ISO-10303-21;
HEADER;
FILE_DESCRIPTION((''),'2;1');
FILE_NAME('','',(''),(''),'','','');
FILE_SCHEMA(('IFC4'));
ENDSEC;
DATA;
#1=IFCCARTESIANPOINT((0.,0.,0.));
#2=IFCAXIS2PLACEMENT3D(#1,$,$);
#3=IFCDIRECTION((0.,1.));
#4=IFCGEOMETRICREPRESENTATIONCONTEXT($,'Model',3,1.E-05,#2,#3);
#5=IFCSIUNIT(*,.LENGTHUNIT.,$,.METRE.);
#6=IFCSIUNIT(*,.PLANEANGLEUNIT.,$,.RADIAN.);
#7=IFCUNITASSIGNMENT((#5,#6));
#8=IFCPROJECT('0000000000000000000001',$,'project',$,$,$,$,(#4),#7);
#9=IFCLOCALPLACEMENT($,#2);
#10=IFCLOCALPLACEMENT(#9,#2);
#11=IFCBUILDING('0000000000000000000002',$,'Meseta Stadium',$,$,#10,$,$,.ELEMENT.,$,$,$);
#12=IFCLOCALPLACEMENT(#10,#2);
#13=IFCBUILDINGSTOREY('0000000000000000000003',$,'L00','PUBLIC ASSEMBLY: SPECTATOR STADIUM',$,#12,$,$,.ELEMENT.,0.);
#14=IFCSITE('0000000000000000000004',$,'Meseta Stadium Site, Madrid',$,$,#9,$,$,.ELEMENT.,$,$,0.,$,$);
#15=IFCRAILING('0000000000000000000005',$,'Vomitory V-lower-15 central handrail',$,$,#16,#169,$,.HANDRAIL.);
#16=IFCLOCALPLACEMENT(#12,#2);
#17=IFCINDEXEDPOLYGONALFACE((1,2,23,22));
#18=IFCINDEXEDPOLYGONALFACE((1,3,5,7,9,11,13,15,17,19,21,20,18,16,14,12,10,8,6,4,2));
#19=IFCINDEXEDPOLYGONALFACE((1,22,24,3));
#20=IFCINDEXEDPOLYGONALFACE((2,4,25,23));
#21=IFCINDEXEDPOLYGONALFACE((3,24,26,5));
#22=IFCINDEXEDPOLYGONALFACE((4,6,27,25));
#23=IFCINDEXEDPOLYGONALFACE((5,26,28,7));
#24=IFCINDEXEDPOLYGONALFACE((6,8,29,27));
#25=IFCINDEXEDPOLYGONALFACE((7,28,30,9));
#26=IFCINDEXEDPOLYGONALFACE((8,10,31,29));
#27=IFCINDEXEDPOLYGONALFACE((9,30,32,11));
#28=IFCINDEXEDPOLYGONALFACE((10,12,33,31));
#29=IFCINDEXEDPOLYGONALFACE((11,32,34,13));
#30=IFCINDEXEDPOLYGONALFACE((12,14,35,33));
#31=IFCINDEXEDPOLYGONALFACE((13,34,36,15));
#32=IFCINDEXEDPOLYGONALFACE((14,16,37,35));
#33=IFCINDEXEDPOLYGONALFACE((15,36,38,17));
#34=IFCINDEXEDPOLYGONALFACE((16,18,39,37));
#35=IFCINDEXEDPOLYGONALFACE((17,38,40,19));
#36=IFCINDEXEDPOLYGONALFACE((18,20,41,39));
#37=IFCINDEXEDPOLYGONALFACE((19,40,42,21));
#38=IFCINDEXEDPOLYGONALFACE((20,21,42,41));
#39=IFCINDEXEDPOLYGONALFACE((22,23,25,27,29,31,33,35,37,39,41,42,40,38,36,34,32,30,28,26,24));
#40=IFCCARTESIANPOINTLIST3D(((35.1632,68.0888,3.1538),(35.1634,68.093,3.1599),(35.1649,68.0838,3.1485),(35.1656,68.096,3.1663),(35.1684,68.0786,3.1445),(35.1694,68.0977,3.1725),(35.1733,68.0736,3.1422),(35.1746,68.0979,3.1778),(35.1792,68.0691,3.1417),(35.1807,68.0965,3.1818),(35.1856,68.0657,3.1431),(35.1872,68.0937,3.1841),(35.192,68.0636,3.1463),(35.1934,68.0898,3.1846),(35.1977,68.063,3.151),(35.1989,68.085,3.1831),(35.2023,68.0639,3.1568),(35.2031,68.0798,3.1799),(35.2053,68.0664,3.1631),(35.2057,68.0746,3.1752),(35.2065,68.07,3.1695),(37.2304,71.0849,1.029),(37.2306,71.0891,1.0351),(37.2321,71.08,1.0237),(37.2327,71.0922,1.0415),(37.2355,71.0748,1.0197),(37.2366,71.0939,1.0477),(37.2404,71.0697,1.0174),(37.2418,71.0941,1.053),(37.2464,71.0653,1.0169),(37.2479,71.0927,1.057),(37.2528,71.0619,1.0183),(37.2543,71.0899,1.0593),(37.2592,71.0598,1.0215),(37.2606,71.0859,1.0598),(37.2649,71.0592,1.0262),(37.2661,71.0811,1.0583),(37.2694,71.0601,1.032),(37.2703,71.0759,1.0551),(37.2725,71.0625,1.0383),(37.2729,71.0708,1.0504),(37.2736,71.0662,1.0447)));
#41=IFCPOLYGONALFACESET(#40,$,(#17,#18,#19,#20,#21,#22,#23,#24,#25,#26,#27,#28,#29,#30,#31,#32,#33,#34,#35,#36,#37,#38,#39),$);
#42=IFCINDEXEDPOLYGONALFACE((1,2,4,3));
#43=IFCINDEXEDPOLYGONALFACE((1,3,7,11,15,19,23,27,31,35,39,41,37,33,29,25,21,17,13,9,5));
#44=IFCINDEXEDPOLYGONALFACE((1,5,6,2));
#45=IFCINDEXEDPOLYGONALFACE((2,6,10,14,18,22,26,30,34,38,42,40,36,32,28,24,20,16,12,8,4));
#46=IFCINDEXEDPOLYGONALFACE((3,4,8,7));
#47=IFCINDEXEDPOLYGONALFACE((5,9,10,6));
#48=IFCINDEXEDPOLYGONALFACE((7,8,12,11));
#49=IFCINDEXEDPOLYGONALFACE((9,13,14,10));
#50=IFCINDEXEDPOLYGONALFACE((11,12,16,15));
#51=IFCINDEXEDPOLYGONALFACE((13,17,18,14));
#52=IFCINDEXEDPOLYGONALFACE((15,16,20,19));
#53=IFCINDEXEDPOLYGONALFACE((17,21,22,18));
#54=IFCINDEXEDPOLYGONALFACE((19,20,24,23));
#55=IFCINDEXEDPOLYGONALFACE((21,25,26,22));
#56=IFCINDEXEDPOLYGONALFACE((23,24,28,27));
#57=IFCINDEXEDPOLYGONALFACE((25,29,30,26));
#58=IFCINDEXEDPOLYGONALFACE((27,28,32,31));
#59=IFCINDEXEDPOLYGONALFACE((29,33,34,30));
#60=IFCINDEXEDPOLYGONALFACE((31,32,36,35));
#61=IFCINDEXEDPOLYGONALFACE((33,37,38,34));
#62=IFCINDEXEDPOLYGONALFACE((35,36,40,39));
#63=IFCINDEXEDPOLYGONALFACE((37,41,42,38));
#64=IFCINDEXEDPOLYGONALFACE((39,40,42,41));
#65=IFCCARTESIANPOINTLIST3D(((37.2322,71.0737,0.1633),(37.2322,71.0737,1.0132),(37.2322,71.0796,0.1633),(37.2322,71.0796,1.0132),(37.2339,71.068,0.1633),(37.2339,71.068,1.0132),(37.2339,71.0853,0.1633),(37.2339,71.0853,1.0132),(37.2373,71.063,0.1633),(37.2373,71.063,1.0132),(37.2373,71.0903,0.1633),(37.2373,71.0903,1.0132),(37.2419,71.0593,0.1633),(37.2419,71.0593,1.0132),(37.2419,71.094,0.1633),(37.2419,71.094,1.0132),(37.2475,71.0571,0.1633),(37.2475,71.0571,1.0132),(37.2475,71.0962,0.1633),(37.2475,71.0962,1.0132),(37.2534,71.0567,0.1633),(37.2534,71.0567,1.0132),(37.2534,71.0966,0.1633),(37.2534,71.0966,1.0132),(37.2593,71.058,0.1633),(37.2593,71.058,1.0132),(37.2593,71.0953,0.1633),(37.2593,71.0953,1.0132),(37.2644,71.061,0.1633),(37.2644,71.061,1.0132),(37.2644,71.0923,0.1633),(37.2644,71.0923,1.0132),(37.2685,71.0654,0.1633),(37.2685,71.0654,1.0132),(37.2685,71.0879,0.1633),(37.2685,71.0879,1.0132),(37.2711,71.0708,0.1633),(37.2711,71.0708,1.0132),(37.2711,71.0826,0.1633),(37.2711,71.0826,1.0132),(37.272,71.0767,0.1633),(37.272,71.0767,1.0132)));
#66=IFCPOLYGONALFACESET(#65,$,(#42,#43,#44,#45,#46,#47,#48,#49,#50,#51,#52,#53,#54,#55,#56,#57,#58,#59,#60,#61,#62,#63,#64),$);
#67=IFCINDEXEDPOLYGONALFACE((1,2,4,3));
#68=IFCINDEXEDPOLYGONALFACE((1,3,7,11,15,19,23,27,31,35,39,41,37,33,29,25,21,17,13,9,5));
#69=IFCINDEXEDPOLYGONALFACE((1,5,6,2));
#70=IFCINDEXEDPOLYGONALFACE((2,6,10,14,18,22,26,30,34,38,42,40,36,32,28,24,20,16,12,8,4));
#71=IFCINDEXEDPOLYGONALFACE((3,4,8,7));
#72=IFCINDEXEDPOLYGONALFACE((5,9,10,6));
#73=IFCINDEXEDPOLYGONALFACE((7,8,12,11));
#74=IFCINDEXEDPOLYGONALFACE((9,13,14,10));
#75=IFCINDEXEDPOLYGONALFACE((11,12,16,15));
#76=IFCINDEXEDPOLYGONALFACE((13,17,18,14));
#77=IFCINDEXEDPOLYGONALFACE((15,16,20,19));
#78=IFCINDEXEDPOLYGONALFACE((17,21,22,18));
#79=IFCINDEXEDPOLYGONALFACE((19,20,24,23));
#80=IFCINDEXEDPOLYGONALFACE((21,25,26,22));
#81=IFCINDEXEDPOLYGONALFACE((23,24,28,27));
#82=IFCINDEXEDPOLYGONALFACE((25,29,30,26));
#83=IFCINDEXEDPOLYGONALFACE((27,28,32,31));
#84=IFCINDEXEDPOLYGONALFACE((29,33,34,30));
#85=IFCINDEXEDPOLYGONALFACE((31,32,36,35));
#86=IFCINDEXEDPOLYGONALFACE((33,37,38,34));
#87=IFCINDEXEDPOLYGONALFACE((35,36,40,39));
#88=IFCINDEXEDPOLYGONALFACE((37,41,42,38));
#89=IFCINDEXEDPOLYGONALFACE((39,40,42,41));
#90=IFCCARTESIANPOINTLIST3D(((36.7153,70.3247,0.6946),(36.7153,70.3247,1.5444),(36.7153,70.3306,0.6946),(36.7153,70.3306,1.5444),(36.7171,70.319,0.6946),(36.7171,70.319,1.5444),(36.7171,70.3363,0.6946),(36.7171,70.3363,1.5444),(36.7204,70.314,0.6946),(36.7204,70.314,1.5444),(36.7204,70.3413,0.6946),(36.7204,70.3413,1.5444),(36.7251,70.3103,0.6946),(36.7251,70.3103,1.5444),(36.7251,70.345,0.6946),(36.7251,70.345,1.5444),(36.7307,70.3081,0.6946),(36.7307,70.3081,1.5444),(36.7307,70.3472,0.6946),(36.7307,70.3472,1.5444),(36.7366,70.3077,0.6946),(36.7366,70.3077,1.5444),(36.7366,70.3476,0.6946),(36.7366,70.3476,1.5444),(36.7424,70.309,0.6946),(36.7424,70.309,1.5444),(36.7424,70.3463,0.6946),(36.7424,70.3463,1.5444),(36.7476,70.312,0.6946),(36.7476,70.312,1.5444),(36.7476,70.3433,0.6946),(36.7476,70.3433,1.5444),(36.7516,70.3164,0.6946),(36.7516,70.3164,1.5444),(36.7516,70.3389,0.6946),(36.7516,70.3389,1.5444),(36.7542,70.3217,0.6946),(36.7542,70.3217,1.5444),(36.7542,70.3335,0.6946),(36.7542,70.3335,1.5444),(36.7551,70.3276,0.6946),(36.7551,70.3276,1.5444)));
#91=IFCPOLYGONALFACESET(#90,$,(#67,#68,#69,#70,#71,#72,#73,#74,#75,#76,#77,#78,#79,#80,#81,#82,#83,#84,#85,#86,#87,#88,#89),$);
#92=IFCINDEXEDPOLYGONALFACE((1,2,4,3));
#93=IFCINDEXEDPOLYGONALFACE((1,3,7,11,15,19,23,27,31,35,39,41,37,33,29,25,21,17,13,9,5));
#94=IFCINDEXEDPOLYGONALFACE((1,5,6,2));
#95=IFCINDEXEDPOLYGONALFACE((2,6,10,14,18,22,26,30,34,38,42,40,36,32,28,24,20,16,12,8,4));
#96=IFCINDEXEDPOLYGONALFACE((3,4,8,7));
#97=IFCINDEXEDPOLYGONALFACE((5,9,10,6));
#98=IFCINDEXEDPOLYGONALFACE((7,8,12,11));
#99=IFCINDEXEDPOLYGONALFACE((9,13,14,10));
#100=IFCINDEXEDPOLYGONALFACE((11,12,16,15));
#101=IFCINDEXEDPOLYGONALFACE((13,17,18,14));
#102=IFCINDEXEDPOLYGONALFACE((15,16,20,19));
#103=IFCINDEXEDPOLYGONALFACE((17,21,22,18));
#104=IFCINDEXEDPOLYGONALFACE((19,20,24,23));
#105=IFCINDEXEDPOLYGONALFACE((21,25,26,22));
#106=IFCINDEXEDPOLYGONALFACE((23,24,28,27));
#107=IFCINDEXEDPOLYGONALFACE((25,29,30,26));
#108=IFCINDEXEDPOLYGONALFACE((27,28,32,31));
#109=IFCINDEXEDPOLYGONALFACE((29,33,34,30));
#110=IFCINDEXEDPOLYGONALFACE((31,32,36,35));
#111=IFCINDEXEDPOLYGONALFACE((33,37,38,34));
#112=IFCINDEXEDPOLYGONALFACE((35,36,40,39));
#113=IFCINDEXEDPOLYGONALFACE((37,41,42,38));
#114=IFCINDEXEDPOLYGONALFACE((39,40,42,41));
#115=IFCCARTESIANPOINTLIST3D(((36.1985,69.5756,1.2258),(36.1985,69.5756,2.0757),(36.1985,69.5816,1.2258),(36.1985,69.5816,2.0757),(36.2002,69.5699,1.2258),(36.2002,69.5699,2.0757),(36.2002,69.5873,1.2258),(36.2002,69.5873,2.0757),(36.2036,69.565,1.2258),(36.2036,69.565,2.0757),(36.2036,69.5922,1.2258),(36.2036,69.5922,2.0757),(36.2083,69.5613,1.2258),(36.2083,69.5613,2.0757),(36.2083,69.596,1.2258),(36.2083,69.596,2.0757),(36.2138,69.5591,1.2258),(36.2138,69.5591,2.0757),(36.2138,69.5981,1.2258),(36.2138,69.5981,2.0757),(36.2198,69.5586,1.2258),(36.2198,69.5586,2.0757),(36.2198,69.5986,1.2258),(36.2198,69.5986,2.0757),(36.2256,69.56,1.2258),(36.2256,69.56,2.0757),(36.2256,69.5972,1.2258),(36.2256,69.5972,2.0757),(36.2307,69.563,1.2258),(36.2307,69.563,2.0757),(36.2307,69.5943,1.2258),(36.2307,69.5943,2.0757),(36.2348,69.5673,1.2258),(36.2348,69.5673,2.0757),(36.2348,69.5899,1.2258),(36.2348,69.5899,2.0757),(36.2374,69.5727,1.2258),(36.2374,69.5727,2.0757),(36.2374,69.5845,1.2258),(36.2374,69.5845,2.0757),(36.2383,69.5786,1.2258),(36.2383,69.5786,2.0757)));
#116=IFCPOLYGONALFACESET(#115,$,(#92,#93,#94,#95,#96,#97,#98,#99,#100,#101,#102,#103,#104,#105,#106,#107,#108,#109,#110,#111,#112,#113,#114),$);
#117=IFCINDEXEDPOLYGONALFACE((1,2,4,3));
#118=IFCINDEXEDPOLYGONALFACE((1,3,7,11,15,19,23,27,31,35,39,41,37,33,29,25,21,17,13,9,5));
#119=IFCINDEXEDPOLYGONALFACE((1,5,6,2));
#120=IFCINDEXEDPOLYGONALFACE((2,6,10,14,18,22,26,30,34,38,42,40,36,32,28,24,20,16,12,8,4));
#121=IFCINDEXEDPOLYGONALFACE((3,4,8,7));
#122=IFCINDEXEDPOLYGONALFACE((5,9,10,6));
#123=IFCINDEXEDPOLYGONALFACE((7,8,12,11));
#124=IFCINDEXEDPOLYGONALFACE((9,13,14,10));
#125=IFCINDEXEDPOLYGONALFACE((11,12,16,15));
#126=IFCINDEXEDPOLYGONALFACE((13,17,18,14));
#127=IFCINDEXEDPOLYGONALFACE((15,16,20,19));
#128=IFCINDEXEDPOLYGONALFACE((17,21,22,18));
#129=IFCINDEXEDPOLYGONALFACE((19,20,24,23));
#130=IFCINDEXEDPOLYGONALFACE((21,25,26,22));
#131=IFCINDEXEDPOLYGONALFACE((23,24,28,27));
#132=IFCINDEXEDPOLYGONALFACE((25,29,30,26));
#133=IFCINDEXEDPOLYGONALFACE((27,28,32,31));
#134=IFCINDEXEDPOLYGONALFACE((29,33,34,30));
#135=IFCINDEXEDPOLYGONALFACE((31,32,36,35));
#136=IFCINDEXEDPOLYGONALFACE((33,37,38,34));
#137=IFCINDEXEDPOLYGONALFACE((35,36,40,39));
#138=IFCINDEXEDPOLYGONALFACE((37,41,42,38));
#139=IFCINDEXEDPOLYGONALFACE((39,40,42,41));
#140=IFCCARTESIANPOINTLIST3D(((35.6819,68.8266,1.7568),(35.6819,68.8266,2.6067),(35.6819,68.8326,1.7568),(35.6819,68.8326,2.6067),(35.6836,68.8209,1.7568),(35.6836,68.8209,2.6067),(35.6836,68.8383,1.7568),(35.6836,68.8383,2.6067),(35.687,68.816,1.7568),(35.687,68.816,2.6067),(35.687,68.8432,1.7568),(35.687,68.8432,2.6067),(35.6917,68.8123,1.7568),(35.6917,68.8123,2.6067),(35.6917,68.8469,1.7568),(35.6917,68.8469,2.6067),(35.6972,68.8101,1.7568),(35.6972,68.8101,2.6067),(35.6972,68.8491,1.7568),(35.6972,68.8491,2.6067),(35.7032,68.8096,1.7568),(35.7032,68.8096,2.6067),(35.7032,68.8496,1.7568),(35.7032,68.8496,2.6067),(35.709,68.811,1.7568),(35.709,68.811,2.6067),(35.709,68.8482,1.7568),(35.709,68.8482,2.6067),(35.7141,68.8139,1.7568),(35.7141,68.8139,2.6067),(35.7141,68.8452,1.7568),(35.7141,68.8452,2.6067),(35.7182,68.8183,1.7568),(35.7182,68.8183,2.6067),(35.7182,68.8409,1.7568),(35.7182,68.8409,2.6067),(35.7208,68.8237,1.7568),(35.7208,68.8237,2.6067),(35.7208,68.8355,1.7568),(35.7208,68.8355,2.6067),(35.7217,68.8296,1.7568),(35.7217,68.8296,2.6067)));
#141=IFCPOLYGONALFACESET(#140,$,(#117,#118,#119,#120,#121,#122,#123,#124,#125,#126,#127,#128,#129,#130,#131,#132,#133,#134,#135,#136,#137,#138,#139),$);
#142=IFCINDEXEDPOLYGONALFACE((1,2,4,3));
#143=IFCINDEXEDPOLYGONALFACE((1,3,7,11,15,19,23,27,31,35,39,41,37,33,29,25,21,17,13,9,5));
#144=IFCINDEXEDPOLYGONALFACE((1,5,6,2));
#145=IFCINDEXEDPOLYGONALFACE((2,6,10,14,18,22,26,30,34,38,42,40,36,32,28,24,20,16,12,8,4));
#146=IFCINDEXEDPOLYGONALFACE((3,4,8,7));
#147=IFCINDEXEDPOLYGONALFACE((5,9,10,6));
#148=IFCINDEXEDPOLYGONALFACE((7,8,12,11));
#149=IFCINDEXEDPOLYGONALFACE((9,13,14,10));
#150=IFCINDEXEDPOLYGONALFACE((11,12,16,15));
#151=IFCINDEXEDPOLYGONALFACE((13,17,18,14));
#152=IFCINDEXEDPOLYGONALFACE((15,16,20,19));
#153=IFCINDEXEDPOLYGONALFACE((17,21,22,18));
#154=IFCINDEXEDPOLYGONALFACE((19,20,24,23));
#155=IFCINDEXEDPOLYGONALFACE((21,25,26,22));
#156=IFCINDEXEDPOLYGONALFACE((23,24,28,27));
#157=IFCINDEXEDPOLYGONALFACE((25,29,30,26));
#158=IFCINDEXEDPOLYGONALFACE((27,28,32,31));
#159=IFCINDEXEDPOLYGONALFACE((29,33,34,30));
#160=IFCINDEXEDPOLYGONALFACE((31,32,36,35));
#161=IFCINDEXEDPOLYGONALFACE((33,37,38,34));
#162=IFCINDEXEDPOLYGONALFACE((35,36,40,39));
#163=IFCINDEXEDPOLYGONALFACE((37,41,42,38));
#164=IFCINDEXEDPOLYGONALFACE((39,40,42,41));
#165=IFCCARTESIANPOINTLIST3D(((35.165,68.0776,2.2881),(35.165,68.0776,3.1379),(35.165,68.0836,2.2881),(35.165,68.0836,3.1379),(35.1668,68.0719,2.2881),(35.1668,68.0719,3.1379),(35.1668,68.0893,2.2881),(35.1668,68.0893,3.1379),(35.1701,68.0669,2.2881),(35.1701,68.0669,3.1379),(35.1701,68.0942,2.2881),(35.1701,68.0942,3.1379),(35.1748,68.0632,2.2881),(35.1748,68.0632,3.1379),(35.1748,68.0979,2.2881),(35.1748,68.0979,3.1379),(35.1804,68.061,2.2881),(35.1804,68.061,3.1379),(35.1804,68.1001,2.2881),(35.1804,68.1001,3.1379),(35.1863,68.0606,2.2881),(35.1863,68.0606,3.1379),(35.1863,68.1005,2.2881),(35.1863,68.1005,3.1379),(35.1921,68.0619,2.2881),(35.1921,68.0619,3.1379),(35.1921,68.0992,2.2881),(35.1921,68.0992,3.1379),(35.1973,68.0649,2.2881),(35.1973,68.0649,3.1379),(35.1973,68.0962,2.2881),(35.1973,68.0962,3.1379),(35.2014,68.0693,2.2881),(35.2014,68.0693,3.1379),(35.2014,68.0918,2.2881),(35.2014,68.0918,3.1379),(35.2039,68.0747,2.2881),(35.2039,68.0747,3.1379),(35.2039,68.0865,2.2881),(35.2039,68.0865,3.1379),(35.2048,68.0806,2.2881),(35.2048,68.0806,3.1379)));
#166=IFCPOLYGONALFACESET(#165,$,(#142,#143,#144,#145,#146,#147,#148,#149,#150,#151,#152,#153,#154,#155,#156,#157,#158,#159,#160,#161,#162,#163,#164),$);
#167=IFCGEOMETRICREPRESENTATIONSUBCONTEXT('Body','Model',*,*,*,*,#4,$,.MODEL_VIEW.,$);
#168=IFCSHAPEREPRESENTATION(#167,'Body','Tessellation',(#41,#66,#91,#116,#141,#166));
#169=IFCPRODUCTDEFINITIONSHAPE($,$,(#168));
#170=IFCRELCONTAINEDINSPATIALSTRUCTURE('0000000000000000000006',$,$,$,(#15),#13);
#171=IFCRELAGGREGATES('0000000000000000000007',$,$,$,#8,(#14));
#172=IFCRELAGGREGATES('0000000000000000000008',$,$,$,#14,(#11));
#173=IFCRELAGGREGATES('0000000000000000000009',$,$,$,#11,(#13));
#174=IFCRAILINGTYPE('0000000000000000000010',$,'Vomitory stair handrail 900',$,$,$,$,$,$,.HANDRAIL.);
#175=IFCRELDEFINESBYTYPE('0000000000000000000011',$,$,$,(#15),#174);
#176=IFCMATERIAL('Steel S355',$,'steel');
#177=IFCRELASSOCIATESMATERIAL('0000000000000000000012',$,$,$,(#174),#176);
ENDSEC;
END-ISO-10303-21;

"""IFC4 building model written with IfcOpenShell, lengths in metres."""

from ifc_helpers import new_model, si_unit, direction, frame, origin, origin_2d, place, context, subcontext, project, spatial, circle, extrude, material, type_object, element, save


model = new_model("IFC4")

# Units and contexts
model_context = context("Model", 3, precision=1e-05, world=origin(), true_north=direction((0.0, 1.0)))
body_context = subcontext(model_context, "Body", "Model", "MODEL_VIEW")
ifc_project = project(units=[si_unit("LENGTHUNIT", "METRE"), si_unit("PLANEANGLEUNIT", "RADIAN")], contexts=[model_context])

# Site, building, storey
site_placement = place(None, origin())
site = spatial("IfcSite", under=ifc_project, at=site_placement, Name="Meseta Stadium Site, Madrid", CompositionType="ELEMENT", RefElevation=0.0)
building_placement = place(site_placement, origin())
building = spatial("IfcBuilding", under=site, at=building_placement, Name="Meseta Stadium", CompositionType="ELEMENT")
storey_placement = place(building_placement, origin())
storey = spatial("IfcBuildingStorey", under=building, at=storey_placement, Name="L00", Description="PUBLIC ASSEMBLY: SPECTATOR STADIUM", CompositionType="ELEMENT", Elevation=0.0)

# Railing
ifc_material_1 = material(Name="Steel S355", Category="steel")
railing_type_1 = type_object("IfcRailingType", Name="Vomitory stair handrail 900", PredefinedType="HANDRAIL", material=ifc_material_1)
railing_1_placement = place(storey_placement, frame((37.252, 71.0767, 0.1633)))
element("IfcRailing", 1, at=railing_1_placement, inside=storey, type_object=railing_type_1, Name="Vomitory V-lower-15 central handrail", PredefinedType="HANDRAIL", context=body_context, shape_type="SweptSolid", body=[
    extrude(circle(Radius=0.0249, at=origin_2d()), frame((0.0, 0.0, 0.875), z_axis=(-0.490452, -0.710857, 0.504122), x_axis=(0.823101, -0.567894, 0.0)), (0.0, 0.0, 1.0), 4.2148),
    extrude(circle(Radius=0.02, at=origin_2d()), origin(), (0.0, 0.0, 1.0), 0.8499),
    extrude(circle(Radius=0.02, at=origin_2d()), frame((-0.5168, -0.749, 0.5312)), (0.0, 0.0, 1.0), 0.8499),
    extrude(circle(Radius=0.02, at=origin_2d()), frame((-1.0337, -1.498, 1.0625)), (0.0, 0.0, 1.0), 0.8499),
    extrude(circle(Radius=0.02, at=origin_2d()), frame((-1.5503, -2.2471, 1.5935)), (0.0, 0.0, 1.0), 0.8499),
    extrude(circle(Radius=0.02, at=origin_2d()), frame((-2.0671, -2.9961, 2.1248)), (0.0, 0.0, 1.0), 0.8499),
])

save(model, "model.ifc")
